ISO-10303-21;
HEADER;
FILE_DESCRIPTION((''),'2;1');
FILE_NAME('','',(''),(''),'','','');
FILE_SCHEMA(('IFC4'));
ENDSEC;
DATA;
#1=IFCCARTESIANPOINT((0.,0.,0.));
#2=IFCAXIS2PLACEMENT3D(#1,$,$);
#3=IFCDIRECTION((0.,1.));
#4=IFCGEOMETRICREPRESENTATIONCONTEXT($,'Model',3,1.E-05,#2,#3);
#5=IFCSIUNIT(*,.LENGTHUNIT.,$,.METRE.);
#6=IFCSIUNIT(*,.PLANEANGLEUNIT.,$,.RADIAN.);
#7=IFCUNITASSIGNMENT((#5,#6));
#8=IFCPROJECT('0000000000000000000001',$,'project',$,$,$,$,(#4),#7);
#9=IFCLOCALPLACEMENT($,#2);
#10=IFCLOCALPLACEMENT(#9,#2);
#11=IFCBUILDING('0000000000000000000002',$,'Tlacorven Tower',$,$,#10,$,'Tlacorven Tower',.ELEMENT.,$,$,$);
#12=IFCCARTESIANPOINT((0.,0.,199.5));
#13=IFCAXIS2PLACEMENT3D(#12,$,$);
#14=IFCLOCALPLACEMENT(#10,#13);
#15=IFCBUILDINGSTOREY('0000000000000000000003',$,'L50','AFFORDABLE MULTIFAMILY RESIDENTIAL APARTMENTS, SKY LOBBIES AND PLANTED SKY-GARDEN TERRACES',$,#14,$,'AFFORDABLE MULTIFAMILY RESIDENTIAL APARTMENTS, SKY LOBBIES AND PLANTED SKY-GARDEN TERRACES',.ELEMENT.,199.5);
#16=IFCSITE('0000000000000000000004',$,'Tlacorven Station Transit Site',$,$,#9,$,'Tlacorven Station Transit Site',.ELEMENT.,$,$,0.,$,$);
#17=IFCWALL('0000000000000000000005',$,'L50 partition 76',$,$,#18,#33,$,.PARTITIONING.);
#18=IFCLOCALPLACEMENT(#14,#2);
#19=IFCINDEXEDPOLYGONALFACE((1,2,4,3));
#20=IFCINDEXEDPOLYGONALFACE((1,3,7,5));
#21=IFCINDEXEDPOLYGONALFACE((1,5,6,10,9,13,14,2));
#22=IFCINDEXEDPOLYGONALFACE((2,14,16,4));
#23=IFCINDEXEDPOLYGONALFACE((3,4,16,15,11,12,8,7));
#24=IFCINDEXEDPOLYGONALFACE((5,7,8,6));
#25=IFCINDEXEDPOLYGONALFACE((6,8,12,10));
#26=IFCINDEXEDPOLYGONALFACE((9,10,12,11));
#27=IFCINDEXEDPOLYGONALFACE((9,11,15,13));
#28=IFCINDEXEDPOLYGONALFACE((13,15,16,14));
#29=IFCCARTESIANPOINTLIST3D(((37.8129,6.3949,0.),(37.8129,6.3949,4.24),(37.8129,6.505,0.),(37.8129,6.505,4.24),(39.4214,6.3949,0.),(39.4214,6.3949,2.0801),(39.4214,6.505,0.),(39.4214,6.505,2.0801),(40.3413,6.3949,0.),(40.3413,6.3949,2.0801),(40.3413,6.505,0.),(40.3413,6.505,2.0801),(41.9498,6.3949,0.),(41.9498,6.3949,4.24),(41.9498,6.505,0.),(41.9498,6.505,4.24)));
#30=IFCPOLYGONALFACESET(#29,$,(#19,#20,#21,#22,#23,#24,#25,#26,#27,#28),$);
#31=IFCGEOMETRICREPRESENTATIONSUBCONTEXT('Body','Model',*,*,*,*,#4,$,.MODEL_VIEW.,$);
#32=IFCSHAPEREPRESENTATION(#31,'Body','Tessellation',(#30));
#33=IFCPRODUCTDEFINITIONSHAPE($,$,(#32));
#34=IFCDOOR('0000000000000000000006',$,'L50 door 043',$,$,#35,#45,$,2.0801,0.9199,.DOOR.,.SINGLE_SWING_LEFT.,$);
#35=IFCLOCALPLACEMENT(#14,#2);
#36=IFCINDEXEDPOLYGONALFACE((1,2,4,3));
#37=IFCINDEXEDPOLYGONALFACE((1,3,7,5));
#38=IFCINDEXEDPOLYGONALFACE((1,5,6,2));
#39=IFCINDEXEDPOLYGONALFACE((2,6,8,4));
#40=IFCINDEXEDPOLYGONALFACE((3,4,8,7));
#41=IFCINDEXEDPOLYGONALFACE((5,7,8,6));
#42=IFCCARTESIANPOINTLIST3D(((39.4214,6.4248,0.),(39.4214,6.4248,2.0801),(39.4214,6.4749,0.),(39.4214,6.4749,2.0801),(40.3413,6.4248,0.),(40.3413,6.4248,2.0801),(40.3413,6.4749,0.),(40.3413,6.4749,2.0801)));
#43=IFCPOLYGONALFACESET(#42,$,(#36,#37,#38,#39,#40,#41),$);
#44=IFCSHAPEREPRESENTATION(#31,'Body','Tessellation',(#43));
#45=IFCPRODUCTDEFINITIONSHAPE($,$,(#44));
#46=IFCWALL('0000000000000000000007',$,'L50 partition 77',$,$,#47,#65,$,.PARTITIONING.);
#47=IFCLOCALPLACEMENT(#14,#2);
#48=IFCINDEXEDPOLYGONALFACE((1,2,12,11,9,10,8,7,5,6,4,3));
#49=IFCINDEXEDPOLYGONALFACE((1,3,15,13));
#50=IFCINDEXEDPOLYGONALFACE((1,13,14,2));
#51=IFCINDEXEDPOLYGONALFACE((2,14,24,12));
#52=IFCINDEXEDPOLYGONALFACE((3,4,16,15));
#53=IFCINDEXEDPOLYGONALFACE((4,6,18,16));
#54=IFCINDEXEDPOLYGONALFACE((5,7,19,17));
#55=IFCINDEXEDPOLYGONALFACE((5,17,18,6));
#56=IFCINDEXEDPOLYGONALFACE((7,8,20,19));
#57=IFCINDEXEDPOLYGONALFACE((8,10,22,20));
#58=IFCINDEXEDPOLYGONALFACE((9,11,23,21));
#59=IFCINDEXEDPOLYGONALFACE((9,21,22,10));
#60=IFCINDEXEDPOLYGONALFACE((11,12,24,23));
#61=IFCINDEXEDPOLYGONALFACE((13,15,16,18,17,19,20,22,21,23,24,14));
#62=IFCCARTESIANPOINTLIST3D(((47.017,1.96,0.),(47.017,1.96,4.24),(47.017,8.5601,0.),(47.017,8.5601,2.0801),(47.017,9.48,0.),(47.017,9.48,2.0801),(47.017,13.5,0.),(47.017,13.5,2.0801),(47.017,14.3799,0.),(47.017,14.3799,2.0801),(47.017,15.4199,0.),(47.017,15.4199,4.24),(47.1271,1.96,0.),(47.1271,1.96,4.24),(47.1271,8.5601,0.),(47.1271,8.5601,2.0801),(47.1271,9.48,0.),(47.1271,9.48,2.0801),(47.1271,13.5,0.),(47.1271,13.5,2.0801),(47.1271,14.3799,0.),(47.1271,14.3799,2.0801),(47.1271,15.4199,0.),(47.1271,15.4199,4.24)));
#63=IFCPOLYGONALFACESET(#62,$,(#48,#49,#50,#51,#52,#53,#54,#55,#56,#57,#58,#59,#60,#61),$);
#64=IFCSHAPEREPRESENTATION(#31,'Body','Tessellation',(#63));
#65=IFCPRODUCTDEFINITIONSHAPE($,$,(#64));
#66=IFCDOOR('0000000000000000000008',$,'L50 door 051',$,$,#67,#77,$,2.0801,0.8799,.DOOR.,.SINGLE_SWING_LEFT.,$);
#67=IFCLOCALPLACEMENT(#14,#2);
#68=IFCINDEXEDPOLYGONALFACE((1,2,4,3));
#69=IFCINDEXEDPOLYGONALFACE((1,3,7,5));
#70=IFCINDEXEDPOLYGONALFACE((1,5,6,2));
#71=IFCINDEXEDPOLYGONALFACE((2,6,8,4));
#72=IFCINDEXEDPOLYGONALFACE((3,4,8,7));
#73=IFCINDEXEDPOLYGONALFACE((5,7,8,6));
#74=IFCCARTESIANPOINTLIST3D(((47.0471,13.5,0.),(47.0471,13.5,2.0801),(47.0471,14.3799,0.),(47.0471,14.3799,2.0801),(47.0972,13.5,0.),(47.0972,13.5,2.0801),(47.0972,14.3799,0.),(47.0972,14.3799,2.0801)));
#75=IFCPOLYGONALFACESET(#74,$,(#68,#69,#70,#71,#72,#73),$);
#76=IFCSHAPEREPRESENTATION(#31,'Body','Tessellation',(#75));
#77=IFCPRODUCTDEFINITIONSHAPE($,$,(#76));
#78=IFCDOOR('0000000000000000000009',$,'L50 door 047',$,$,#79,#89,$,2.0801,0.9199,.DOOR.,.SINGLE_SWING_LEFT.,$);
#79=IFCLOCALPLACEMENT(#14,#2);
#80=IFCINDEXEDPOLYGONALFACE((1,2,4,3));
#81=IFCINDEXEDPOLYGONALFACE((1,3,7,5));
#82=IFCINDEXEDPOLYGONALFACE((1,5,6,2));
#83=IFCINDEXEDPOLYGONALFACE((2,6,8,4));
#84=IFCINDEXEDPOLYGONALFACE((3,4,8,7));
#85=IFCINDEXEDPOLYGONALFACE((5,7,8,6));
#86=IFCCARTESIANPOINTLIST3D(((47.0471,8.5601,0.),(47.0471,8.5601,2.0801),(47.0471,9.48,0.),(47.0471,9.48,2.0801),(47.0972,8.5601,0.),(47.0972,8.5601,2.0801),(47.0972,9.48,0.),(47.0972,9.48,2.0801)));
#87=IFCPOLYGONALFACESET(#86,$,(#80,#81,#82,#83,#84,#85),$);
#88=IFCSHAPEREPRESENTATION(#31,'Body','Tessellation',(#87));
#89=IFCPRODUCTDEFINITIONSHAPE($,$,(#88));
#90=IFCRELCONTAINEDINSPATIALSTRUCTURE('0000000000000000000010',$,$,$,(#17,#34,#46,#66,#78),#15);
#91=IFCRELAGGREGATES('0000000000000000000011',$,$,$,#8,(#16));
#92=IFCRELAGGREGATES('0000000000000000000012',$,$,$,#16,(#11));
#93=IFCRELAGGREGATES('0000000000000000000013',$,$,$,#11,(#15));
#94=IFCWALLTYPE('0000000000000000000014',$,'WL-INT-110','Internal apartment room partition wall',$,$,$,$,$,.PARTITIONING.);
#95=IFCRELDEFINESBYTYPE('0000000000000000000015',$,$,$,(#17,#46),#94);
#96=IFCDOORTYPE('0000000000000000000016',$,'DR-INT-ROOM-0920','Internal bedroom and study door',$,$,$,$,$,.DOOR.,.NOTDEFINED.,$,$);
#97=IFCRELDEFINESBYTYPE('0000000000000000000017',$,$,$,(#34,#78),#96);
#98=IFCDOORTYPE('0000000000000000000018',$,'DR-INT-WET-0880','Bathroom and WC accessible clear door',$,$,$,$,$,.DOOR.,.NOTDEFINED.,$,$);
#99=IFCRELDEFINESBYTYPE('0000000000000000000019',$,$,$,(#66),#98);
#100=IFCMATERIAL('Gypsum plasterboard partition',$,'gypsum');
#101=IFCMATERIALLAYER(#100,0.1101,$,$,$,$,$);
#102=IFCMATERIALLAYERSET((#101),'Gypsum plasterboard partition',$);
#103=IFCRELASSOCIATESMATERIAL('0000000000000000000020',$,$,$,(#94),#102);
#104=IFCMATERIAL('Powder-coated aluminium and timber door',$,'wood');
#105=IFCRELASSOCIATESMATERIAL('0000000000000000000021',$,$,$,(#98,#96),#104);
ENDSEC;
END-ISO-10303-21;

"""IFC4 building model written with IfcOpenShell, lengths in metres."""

from ifc_helpers import new_model, si_unit, direction, frame, frame_2d, origin, place, context, subcontext, project, spatial, rectangle, extrude, source, transform, mapped, material, layer, layer_set, type_object, element, fill, save


model = new_model("IFC4")

# Units and contexts
model_context = context("Model", 3, precision=1e-05, world=origin(), true_north=direction((0.0, 1.0)))
body_context = subcontext(model_context, "Body", "Model", "MODEL_VIEW")
ifc_project = project(units=[si_unit("LENGTHUNIT", "METRE"), si_unit("PLANEANGLEUNIT", "RADIAN")], contexts=[model_context])

# Site, building, storey
site_placement = place(None, origin())
site = spatial("IfcSite", under=ifc_project, at=site_placement, Name="Tlacorven Station Transit Site", LongName="Tlacorven Station Transit Site", CompositionType="ELEMENT", RefElevation=0.0)
building_placement = place(site_placement, origin())
building = spatial("IfcBuilding", under=site, at=building_placement, Name="Tlacorven Tower", LongName="Tlacorven Tower", CompositionType="ELEMENT")
storey_placement = place(building_placement, frame((0.0, 0.0, 199.5)))
storey = spatial("IfcBuildingStorey", under=building, at=storey_placement, Name="L50", Description="AFFORDABLE MULTIFAMILY RESIDENTIAL APARTMENTS, SKY LOBBIES AND PLANTED SKY-GARDEN TERRACES", LongName="AFFORDABLE MULTIFAMILY RESIDENTIAL APARTMENTS, SKY LOBBIES AND PLANTED SKY-GARDEN TERRACES", CompositionType="ELEMENT", Elevation=199.5)

# Shared definitions
ifc_material_1 = material(Name="Gypsum plasterboard partition", Category="gypsum")
ifc_layer_1 = layer(ifc_material_1, 0.1101)
ifc_layer_set_1 = layer_set([ifc_layer_1], Name="Gypsum plasterboard partition")
wall_type_1 = type_object("IfcWallType", Name="WL-INT-110", Description="Internal apartment room partition wall", PredefinedType="PARTITIONING", material=ifc_layer_set_1)
ifc_material_2 = material(Name="Powder-coated aluminium and timber door", Category="wood")
door_type_1 = type_object("IfcDoorType", Name="DR-INT-WET-0880", Description="Bathroom and WC accessible clear door", OperationType="NOTDEFINED", PredefinedType="DOOR", material=ifc_material_2)
shared_shape_1 = source(origin(), body_context, "Body", "SweptSolid", [
    extrude(rectangle(XDim=0.8799, YDim=2.0801, at=frame_2d((0.4399, 1.04))), frame((0.0, 0.0249, 0.0), z_axis=(0.0, -1.0, 0.0), x_axis=(1.0, 0.0, 0.0)), (0.0, 0.0, 1.0), 0.05),
])
door_type_2 = type_object("IfcDoorType", Name="DR-INT-ROOM-0920", Description="Internal bedroom and study door", OperationType="NOTDEFINED", PredefinedType="DOOR", material=ifc_material_2)
shared_shape_2 = source(origin(), body_context, "Body", "SweptSolid", [
    extrude(rectangle(XDim=0.9199, YDim=2.0801, at=frame_2d((0.46, 1.04))), frame((0.0, 0.0249, 0.0), z_axis=(0.0, -1.0, 0.0), x_axis=(1.0, 0.0, 0.0)), (0.0, 0.0, 1.0), 0.05),
])

# Wall, opening, door
wall_1_placement = place(storey_placement, frame((37.813, 6.45, 0.0), z_axis=(0.0, 0.0, 1.0), x_axis=(1.0, 0.0, 0.0)))
wall_1 = element("IfcWall", 1, at=wall_1_placement, inside=storey, type_object=wall_type_1, Name="L50 partition 76", PredefinedType="PARTITIONING", context=body_context, shape_type="SweptSolid", body=[
    extrude(rectangle(XDim=4.137, YDim=0.1101, at=frame_2d((2.0684, 0.0))), origin(), (0.0, 0.0, 1.0), 4.24),
])
opening_1_placement = place(wall_1_placement, frame((1.6084, 0.0, 0.0)))
opening_1 = element("IfcOpeningElement", 2, at=opening_1_placement, cuts=wall_1, PredefinedType="OPENING", context=body_context, shape_type="SweptSolid", body=[
    extrude(rectangle(XDim=0.9199, YDim=2.0801, at=frame_2d((0.46, 1.04))), frame((0.0, 0.0649, 0.0), z_axis=(0.0, -1.0, 0.0), x_axis=(1.0, 0.0, 0.0)), (0.0, 0.0, 1.0), 0.1301),
])
door_1_placement = place(opening_1_placement, origin())
door_1 = element("IfcDoor", 3, at=door_1_placement, inside=storey, type_object=door_type_2, Name="L50 door 043", OperationType="SINGLE_SWING_LEFT", OverallHeight=2.0801, OverallWidth=0.9199, PredefinedType="DOOR", context=body_context, shape_type="MappedRepresentation", body=[
    mapped(shared_shape_2, transform((0.0, 0.0, 0.0), scale=1.0)),
])
fill(opening_1, door_1)

# Wall, openings, doors
wall_2_placement = place(storey_placement, frame((47.072, 1.96, 0.0), z_axis=(0.0, 0.0, 1.0), x_axis=(0.0, 1.0, 0.0)))
wall_2 = element("IfcWall", 4, at=wall_2_placement, inside=storey, type_object=wall_type_1, Name="L50 partition 77", PredefinedType="PARTITIONING", context=body_context, shape_type="SweptSolid", body=[
    extrude(rectangle(XDim=13.46, YDim=0.1101, at=frame_2d((6.73, 0.0))), origin(), (0.0, 0.0, 1.0), 4.24),
])
opening_2_placement = place(wall_2_placement, frame((6.6001, 0.0, 0.0)))
opening_2 = element("IfcOpeningElement", 5, at=opening_2_placement, cuts=wall_2, PredefinedType="OPENING", context=body_context, shape_type="SweptSolid", body=[
    extrude(rectangle(XDim=0.9199, YDim=2.0801, at=frame_2d((0.46, 1.04))), frame((0.0, 0.0649, 0.0), z_axis=(0.0, -1.0, 0.0), x_axis=(1.0, 0.0, 0.0)), (0.0, 0.0, 1.0), 0.1301),
])
opening_3_placement = place(wall_2_placement, frame((11.54, 0.0, 0.0)))
opening_3 = element("IfcOpeningElement", 6, at=opening_3_placement, cuts=wall_2, PredefinedType="OPENING", context=body_context, shape_type="SweptSolid", body=[
    extrude(rectangle(XDim=0.8799, YDim=2.0801, at=frame_2d((0.4399, 1.04))), frame((0.0, 0.0649, 0.0), z_axis=(0.0, -1.0, 0.0), x_axis=(1.0, 0.0, 0.0)), (0.0, 0.0, 1.0), 0.1301),
])
door_2_placement = place(opening_3_placement, origin())
door_2 = element("IfcDoor", 7, at=door_2_placement, inside=storey, type_object=door_type_1, Name="L50 door 051", OperationType="SINGLE_SWING_LEFT", OverallHeight=2.0801, OverallWidth=0.8799, PredefinedType="DOOR", context=body_context, shape_type="MappedRepresentation", body=[
    mapped(shared_shape_1, transform((0.0, 0.0, 0.0), scale=1.0)),
])
fill(opening_3, door_2)
door_3_placement = place(opening_2_placement, origin())
door_3 = element("IfcDoor", 8, at=door_3_placement, inside=storey, type_object=door_type_2, Name="L50 door 047", OperationType="SINGLE_SWING_LEFT", OverallHeight=2.0801, OverallWidth=0.9199, PredefinedType="DOOR", context=body_context, shape_type="MappedRepresentation", body=[
    mapped(shared_shape_2, transform((0.0, 0.0, 0.0), scale=1.0)),
])
fill(opening_2, door_3)

save(model, "model.ifc")
